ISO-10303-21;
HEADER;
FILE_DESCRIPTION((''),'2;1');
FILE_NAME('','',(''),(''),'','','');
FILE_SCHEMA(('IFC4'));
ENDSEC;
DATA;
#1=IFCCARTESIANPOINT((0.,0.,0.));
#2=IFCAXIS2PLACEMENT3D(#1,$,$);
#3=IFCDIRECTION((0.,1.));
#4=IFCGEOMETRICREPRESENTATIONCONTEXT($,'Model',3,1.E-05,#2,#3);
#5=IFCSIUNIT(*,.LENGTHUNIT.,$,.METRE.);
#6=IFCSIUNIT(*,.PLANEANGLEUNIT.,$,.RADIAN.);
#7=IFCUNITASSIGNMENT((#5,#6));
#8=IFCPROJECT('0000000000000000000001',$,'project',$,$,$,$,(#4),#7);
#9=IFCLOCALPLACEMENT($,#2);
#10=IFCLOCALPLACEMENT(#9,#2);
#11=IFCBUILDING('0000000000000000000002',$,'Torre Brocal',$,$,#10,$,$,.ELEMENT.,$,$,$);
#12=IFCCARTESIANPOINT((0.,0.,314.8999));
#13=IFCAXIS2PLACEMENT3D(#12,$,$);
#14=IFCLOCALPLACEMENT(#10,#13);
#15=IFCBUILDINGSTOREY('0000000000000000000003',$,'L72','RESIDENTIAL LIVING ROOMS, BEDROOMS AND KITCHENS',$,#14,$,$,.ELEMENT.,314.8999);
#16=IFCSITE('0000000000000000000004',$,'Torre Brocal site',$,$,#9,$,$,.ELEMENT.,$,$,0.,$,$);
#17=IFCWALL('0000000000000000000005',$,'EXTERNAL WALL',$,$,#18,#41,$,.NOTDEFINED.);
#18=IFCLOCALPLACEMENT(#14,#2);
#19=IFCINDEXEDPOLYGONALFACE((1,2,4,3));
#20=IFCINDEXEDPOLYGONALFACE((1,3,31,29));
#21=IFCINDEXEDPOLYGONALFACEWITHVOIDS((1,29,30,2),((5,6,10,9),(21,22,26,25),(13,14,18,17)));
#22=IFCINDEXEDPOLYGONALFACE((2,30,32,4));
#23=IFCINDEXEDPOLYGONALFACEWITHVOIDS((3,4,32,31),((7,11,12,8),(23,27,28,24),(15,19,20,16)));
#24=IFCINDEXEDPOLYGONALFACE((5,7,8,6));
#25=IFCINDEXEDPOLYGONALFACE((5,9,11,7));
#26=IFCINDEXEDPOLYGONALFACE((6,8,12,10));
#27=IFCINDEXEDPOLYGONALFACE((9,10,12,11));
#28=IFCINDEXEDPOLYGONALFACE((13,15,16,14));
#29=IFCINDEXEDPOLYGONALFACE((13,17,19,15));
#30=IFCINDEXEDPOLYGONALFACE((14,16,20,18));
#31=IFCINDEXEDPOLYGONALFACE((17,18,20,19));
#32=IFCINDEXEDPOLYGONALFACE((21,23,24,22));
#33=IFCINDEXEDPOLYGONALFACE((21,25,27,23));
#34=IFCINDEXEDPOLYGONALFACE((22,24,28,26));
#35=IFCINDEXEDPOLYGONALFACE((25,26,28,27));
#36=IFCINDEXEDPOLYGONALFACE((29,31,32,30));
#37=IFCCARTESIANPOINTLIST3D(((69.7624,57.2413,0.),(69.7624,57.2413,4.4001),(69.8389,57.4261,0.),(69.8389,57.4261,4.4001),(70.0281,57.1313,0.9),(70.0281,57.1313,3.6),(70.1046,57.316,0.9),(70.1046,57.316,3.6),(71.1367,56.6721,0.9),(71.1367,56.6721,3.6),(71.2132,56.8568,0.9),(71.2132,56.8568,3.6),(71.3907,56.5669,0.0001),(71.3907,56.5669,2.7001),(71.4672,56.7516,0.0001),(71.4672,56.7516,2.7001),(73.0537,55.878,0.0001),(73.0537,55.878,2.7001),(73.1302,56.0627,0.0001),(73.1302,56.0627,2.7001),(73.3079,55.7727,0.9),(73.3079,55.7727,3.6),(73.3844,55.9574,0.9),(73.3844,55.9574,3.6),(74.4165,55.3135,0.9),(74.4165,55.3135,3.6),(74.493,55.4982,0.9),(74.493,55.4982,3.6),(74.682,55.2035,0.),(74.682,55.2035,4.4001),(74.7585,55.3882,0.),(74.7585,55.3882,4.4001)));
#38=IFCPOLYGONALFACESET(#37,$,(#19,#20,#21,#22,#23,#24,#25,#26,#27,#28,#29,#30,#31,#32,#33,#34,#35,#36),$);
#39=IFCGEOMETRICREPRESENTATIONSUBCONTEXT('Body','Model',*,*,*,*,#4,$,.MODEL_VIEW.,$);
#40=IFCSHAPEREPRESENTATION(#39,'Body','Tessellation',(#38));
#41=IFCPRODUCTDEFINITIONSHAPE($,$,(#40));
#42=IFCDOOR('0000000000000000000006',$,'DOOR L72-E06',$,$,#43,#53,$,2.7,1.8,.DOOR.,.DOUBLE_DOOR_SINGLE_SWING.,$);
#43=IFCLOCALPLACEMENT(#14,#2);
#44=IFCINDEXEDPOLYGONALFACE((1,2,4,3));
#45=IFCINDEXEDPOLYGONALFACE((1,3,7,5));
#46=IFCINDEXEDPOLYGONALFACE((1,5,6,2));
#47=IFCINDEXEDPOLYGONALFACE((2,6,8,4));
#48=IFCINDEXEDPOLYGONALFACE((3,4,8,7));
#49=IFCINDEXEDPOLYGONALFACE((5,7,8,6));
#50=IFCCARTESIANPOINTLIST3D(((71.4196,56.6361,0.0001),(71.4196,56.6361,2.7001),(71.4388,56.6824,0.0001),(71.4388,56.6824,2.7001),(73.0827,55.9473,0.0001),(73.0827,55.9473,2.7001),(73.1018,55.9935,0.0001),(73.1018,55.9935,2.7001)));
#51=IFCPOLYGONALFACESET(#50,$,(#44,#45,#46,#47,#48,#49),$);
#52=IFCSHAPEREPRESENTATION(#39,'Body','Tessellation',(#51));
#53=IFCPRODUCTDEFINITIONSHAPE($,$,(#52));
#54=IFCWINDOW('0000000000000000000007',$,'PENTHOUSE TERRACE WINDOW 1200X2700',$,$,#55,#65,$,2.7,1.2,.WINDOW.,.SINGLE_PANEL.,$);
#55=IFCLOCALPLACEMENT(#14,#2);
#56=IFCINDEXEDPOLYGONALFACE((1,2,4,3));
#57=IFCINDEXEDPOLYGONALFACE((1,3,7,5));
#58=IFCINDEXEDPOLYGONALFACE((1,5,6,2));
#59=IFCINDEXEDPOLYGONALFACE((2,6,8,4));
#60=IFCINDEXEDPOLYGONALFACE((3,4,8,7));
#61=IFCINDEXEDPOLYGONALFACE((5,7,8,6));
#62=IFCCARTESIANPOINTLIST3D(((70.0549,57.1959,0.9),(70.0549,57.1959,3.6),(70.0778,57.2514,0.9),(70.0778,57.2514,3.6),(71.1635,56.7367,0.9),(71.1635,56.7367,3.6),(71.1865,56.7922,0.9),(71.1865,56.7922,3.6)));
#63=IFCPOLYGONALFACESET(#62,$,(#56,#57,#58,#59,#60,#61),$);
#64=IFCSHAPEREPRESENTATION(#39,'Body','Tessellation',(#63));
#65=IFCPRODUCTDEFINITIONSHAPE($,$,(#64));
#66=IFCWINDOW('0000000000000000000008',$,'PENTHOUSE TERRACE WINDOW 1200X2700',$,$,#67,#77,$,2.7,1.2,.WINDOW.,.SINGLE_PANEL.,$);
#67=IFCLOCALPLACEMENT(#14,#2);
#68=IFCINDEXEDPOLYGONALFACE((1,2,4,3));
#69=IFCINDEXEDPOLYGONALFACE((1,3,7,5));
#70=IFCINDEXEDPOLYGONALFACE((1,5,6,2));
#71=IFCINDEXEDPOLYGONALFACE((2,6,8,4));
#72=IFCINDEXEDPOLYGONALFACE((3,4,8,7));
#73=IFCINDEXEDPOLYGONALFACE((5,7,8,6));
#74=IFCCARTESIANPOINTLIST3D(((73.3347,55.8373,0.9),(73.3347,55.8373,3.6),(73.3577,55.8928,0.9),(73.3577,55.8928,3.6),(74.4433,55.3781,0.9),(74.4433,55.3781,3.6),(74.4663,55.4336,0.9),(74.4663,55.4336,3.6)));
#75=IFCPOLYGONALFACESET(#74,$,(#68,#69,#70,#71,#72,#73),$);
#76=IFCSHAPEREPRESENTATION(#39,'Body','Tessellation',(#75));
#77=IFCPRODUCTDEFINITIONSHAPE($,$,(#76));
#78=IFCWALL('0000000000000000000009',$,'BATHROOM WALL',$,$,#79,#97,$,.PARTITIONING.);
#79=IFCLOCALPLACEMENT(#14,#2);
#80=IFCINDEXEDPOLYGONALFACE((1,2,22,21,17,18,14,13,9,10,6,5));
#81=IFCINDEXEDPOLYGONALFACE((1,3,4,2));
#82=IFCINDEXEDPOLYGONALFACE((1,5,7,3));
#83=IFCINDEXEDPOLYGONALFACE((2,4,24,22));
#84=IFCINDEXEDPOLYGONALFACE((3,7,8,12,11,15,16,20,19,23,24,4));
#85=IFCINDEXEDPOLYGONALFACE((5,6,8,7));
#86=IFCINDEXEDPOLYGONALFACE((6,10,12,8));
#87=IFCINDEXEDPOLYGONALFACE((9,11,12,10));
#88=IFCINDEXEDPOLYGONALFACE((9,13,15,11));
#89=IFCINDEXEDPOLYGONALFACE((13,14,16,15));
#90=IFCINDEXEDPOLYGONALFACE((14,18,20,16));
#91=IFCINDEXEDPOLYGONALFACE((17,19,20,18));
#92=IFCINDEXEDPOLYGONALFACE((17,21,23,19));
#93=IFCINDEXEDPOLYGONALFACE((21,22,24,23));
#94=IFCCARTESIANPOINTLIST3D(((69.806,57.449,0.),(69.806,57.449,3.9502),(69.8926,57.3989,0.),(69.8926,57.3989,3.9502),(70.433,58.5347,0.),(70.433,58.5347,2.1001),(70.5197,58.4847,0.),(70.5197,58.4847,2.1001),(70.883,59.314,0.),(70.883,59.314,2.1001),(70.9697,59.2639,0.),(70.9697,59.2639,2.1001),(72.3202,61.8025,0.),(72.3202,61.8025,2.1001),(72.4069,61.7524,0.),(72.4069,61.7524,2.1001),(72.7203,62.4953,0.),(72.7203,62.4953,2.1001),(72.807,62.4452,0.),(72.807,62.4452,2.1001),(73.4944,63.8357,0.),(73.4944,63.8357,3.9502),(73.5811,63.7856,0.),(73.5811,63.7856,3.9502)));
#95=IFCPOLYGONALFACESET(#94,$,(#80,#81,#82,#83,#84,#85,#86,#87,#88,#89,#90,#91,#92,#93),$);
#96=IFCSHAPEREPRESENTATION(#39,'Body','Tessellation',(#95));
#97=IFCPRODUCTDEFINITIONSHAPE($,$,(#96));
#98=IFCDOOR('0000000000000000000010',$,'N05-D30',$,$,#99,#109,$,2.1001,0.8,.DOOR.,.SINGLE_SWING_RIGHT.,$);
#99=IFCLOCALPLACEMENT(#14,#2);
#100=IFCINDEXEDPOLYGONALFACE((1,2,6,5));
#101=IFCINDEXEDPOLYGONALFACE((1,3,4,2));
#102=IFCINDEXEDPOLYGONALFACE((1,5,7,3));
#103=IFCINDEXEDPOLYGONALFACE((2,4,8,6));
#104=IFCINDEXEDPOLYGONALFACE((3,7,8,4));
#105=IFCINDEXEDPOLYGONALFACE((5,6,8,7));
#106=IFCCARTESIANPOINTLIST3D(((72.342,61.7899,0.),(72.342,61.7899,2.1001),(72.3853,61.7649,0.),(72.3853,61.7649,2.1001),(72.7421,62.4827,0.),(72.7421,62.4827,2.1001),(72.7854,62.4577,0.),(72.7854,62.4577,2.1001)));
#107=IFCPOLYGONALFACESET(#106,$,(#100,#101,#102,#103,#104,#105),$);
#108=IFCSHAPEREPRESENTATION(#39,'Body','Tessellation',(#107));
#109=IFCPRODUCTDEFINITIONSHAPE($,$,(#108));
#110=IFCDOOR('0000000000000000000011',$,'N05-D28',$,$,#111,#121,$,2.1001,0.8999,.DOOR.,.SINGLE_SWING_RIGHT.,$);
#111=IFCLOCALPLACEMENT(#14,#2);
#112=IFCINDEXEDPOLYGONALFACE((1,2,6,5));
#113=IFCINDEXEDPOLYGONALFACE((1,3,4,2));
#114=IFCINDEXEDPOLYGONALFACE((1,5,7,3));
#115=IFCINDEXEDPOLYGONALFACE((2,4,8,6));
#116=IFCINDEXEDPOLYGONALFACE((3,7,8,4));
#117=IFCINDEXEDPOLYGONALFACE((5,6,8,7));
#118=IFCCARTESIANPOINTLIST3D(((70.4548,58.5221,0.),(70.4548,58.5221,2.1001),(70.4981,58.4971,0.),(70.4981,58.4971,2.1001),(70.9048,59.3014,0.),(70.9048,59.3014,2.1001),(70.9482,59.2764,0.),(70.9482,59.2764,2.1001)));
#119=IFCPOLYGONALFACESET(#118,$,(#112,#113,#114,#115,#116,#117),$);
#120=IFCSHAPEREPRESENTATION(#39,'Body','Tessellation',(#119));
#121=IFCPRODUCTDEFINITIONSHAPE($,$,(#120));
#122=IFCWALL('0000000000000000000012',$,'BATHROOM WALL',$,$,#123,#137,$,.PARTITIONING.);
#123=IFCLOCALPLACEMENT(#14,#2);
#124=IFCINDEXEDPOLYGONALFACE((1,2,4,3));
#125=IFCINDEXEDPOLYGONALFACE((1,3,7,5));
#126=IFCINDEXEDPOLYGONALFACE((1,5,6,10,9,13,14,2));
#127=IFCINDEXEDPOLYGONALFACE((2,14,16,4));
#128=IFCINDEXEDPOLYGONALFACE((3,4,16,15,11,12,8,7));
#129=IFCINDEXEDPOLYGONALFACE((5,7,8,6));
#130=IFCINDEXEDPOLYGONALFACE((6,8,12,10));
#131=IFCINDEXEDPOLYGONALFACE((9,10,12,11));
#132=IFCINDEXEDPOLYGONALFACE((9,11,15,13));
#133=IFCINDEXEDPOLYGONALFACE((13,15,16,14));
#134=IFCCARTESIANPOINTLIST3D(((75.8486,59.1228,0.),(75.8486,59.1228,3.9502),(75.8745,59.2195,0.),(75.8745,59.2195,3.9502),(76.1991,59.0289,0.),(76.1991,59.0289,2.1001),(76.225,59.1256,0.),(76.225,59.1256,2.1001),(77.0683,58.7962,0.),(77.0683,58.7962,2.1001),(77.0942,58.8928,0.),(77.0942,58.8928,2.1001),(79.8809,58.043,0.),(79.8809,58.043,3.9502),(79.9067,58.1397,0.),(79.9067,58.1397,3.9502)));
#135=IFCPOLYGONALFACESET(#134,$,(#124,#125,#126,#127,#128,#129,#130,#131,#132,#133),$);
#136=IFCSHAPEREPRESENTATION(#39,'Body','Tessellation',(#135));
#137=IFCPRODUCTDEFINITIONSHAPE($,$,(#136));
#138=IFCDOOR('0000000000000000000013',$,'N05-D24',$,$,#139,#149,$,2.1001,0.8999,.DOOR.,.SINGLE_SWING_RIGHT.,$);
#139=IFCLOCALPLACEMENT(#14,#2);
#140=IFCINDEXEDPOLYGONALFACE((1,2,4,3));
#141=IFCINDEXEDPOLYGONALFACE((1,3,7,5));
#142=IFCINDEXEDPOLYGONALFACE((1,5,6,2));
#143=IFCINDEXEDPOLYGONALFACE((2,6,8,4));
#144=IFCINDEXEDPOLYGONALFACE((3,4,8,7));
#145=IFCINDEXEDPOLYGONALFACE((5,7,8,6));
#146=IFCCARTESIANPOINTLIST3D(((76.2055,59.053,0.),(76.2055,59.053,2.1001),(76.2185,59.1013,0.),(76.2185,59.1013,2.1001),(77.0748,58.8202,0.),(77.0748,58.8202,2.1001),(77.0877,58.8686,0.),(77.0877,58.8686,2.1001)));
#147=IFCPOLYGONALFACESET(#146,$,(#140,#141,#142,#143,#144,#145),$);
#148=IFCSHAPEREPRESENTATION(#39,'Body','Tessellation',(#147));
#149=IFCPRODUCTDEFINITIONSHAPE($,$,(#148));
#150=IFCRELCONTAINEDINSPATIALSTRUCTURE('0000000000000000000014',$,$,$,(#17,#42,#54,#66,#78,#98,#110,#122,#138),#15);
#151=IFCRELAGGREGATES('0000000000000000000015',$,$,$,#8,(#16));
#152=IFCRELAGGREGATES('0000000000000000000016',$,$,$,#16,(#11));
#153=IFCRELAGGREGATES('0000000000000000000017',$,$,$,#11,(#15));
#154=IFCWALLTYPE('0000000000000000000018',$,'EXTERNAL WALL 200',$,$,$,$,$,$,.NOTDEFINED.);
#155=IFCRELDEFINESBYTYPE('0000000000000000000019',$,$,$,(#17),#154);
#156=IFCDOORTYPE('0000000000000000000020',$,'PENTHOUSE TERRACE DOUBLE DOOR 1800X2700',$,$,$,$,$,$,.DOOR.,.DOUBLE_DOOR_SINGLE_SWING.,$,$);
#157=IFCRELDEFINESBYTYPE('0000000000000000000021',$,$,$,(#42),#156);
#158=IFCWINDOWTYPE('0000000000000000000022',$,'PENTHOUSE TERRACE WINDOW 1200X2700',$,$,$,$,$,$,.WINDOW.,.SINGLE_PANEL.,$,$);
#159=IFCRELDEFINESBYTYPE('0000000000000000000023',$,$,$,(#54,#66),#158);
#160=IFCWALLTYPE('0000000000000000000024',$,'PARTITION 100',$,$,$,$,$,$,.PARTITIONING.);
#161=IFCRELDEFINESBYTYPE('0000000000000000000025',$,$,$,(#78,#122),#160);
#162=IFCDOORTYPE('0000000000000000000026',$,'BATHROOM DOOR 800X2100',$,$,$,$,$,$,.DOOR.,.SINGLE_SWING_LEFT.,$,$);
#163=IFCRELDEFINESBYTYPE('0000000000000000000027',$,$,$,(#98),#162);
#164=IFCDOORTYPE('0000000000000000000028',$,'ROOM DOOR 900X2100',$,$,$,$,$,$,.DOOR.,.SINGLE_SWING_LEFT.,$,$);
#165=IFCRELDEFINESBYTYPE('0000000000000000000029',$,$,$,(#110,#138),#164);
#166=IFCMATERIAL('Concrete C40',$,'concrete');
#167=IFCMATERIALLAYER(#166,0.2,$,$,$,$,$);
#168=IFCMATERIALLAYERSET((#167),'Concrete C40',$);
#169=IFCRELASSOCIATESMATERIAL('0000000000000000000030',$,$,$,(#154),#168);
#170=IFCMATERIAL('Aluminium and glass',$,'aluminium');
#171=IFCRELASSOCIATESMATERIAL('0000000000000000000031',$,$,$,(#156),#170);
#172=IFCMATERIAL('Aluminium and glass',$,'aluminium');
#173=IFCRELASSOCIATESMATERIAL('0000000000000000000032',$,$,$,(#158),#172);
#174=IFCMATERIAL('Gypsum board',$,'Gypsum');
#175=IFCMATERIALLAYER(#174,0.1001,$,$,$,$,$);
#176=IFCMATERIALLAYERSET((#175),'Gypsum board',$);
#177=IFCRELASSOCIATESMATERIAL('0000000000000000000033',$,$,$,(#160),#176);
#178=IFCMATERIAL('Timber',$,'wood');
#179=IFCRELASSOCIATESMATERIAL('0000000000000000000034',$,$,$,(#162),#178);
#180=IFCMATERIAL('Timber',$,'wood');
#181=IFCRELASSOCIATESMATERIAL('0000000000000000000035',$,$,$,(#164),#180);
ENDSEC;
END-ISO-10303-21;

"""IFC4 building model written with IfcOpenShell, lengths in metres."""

from ifc_helpers import new_model, si_unit, direction, frame, frame_2d, origin, place, context, subcontext, project, spatial, rectangle, extrude, material, layer, layer_set, type_object, element, fill, save


model = new_model("IFC4")

# Units and contexts
model_context = context("Model", 3, precision=1e-05, world=origin(), true_north=direction((0.0, 1.0)))
body_context = subcontext(model_context, "Body", "Model", "MODEL_VIEW")
ifc_project = project(units=[si_unit("LENGTHUNIT", "METRE"), si_unit("PLANEANGLEUNIT", "RADIAN")], contexts=[model_context])

# Site, building, storey
site_placement = place(None, origin())
site = spatial("IfcSite", under=ifc_project, at=site_placement, Name="Torre Brocal site", CompositionType="ELEMENT", RefElevation=0.0)
building_placement = place(site_placement, origin())
building = spatial("IfcBuilding", under=site, at=building_placement, Name="Torre Brocal", CompositionType="ELEMENT")
storey_placement = place(building_placement, frame((0.0, 0.0, 314.8999)))
storey = spatial("IfcBuildingStorey", under=building, at=storey_placement, Name="L72", Description="RESIDENTIAL LIVING ROOMS, BEDROOMS AND KITCHENS", CompositionType="ELEMENT", Elevation=314.8999)

# Wall, openings, door, windows
ifc_material_1 = material(Name="Concrete C40", Category="concrete")
ifc_layer_1 = layer(ifc_material_1, 0.2)
ifc_layer_set_1 = layer_set([ifc_layer_1], Name="Concrete C40")
wall_type_1 = type_object("IfcWallType", Name="EXTERNAL WALL 200", PredefinedType="NOTDEFINED", material=ifc_layer_set_1)
wall_1_placement = place(storey_placement, frame((69.8005, 57.3337, 0.0), z_axis=(0.0, 0.0, 1.0), x_axis=(0.923877, -0.382691, 0.0)))
wall_1 = element("IfcWall", 1, at=wall_1_placement, inside=storey, type_object=wall_type_1, Name="EXTERNAL WALL", PredefinedType="NOTDEFINED", context=body_context, shape_type="SweptSolid", body=[
    extrude(rectangle(XDim=5.325, YDim=0.2, at=frame_2d((2.6626, 0.0))), origin(), (0.0, 0.0, 1.0), 4.4001),
])
opening_1_placement = place(wall_1_placement, frame((0.2876, 0.0, 0.8999)))
opening_1 = element("IfcOpeningElement", 2, at=opening_1_placement, cuts=wall_1, PredefinedType="OPENING", context=body_context, shape_type="SweptSolid", body=[
    extrude(rectangle(XDim=1.2, YDim=2.7, at=frame_2d((0.6001, 1.3501))), frame((0.0, 0.1099, 0.0), z_axis=(0.0, -1.0, 0.0), x_axis=(1.0, 0.0, 0.0)), (0.0, 0.0, 1.0), 0.22),
])
opening_2_placement = place(wall_1_placement, frame((1.7627, 0.0, 0.0)))
opening_2 = element("IfcOpeningElement", 3, at=opening_2_placement, cuts=wall_1, PredefinedType="OPENING", context=body_context, shape_type="SweptSolid", body=[
    extrude(rectangle(XDim=1.8, YDim=2.7, at=frame_2d((0.8999, 1.3501))), frame((0.0, 0.1099, 0.0), z_axis=(0.0, -1.0, 0.0), x_axis=(1.0, 0.0, 0.0)), (0.0, 0.0, 1.0), 0.22),
])
opening_3_placement = place(wall_1_placement, frame((3.8376, 0.0, 0.8999)))
opening_3 = element("IfcOpeningElement", 4, at=opening_3_placement, cuts=wall_1, PredefinedType="OPENING", context=body_context, shape_type="SweptSolid", body=[
    extrude(rectangle(XDim=1.2, YDim=2.7, at=frame_2d((0.6001, 1.3501))), frame((0.0, 0.1099, 0.0), z_axis=(0.0, -1.0, 0.0), x_axis=(1.0, 0.0, 0.0)), (0.0, 0.0, 1.0), 0.22),
])
ifc_material_2 = material(Name="Aluminium and glass", Category="aluminium")
door_type_1 = type_object("IfcDoorType", Name="PENTHOUSE TERRACE DOUBLE DOOR 1800X2700", OperationType="DOUBLE_DOOR_SINGLE_SWING", PredefinedType="DOOR", material=ifc_material_2)
door_1_placement = place(opening_2_placement, frame((1.8, 0.0, 0.0), z_axis=(0.0, 0.0, 1.0), x_axis=(-1.0, 0.0, 0.0)))
door_1 = element("IfcDoor", 5, at=door_1_placement, inside=storey, type_object=door_type_1, Name="DOOR L72-E06", OperationType="DOUBLE_DOOR_SINGLE_SWING", OverallHeight=2.7, OverallWidth=1.8, PredefinedType="DOOR", context=body_context, shape_type="SweptSolid", body=[
    extrude(rectangle(XDim=1.8, YDim=2.7, at=frame_2d((0.8999, 1.3501))), frame((0.0, 0.0249, 0.0), z_axis=(0.0, -1.0, 0.0), x_axis=(1.0, 0.0, 0.0)), (0.0, 0.0, 1.0), 0.05),
])
fill(opening_2, door_1)
ifc_material_3 = material(Name="Aluminium and glass", Category="aluminium")
window_type = type_object("IfcWindowType", Name="PENTHOUSE TERRACE WINDOW 1200X2700", PartitioningType="SINGLE_PANEL", PredefinedType="WINDOW", material=ifc_material_3)
window_1_placement = place(opening_1_placement, origin())
window_1 = element("IfcWindow", 6, at=window_1_placement, inside=storey, type_object=window_type, Name="PENTHOUSE TERRACE WINDOW 1200X2700", OverallHeight=2.7, OverallWidth=1.2, PartitioningType="SINGLE_PANEL", PredefinedType="WINDOW", context=body_context, shape_type="SweptSolid", body=[
    extrude(rectangle(XDim=1.2, YDim=2.7, at=frame_2d((0.6001, 1.3501))), frame((0.0, 0.03, 0.0), z_axis=(0.0, -1.0, 0.0), x_axis=(1.0, 0.0, 0.0)), (0.0, 0.0, 1.0), 0.0601),
])
fill(opening_1, window_1)
window_2_placement = place(opening_3_placement, origin())
window_2 = element("IfcWindow", 7, at=window_2_placement, inside=storey, type_object=window_type, Name="PENTHOUSE TERRACE WINDOW 1200X2700", OverallHeight=2.7, OverallWidth=1.2, PartitioningType="SINGLE_PANEL", PredefinedType="WINDOW", context=body_context, shape_type="SweptSolid", body=[
    extrude(rectangle(XDim=1.2, YDim=2.7, at=frame_2d((0.6001, 1.3501))), frame((0.0, 0.03, 0.0), z_axis=(0.0, -1.0, 0.0), x_axis=(1.0, 0.0, 0.0)), (0.0, 0.0, 1.0), 0.0601),
])
fill(opening_3, window_2)

# Wall, openings, doors
ifc_material_4 = material(Name="Gypsum board", Category="Gypsum")
ifc_layer_2 = layer(ifc_material_4, 0.1001)
ifc_layer_set_2 = layer_set([ifc_layer_2], Name="Gypsum board")
wall_type_2 = type_object("IfcWallType", Name="PARTITION 100", PredefinedType="PARTITIONING", material=ifc_layer_set_2)
wall_2_placement = place(storey_placement, frame((69.8494, 57.4241, 0.0), z_axis=(0.0, 0.0, 1.0), x_axis=(0.500112, 0.865961, 0.0)))
wall_2 = element("IfcWall", 8, at=wall_2_placement, inside=storey, type_object=wall_type_2, Name="BATHROOM WALL", PredefinedType="PARTITIONING", context=body_context, shape_type="SweptSolid", body=[
    extrude(rectangle(XDim=7.3752, YDim=0.1001, at=frame_2d((3.6875, 0.0))), origin(), (0.0, 0.0, 1.0), 3.9502),
])
opening_4_placement = place(wall_2_placement, frame((1.2537, 0.0, 0.0)))
opening_4 = element("IfcOpeningElement", 9, at=opening_4_placement, cuts=wall_2, PredefinedType="OPENING", context=body_context, shape_type="SweptSolid", body=[
    extrude(rectangle(XDim=0.8999, YDim=2.1001, at=frame_2d((0.45, 1.05))), frame((0.0, 0.0601, 0.0), z_axis=(0.0, -1.0, 0.0), x_axis=(1.0, 0.0, 0.0)), (0.0, 0.0, 1.0), 0.1201),
])
opening_5_placement = place(wall_2_placement, frame((5.0273, 0.0, 0.0)))
opening_5 = element("IfcOpeningElement", 10, at=opening_5_placement, cuts=wall_2, PredefinedType="OPENING", context=body_context, shape_type="SweptSolid", body=[
    extrude(rectangle(XDim=0.8, YDim=2.1001, at=frame_2d((0.3999, 1.05))), frame((0.0, 0.0601, 0.0), z_axis=(0.0, -1.0, 0.0), x_axis=(1.0, 0.0, 0.0)), (0.0, 0.0, 1.0), 0.1201),
])
ifc_material_5 = material(Name="Timber", Category="wood")
door_type_2 = type_object("IfcDoorType", Name="BATHROOM DOOR 800X2100", OperationType="SINGLE_SWING_LEFT", PredefinedType="DOOR", material=ifc_material_5)
door_2_placement = place(opening_5_placement, origin())
door_2 = element("IfcDoor", 11, at=door_2_placement, inside=storey, type_object=door_type_2, Name="N05-D30", OperationType="SINGLE_SWING_RIGHT", OverallHeight=2.1001, OverallWidth=0.8, PredefinedType="DOOR", context=body_context, shape_type="SweptSolid", body=[
    extrude(rectangle(XDim=0.8, YDim=2.1001, at=frame_2d((0.3999, 1.05))), frame((0.0, 0.0249, 0.0), z_axis=(0.0, -1.0, 0.0), x_axis=(1.0, 0.0, 0.0)), (0.0, 0.0, 1.0), 0.05),
])
fill(opening_5, door_2)
ifc_material_6 = material(Name="Timber", Category="wood")
door_type_3 = type_object("IfcDoorType", Name="ROOM DOOR 900X2100", OperationType="SINGLE_SWING_LEFT", PredefinedType="DOOR", material=ifc_material_6)
door_3_placement = place(opening_4_placement, origin())
door_3 = element("IfcDoor", 12, at=door_3_placement, inside=storey, type_object=door_type_3, Name="N05-D28", OperationType="SINGLE_SWING_RIGHT", OverallHeight=2.1001, OverallWidth=0.8999, PredefinedType="DOOR", context=body_context, shape_type="SweptSolid", body=[
    extrude(rectangle(XDim=0.8999, YDim=2.1001, at=frame_2d((0.45, 1.05))), frame((0.0, 0.0249, 0.0), z_axis=(0.0, -1.0, 0.0), x_axis=(1.0, 0.0, 0.0)), (0.0, 0.0, 1.0), 0.05),
])
fill(opening_4, door_3)

# Wall, opening, door
wall_3_placement = place(storey_placement, frame((75.8616, 59.1711, 0.0), z_axis=(0.0, 0.0, 1.0), x_axis=(0.965962, -0.258685, 0.0)))
wall_3 = element("IfcWall", 13, at=wall_3_placement, inside=storey, type_object=wall_type_2, Name="BATHROOM WALL", PredefinedType="PARTITIONING", context=body_context, shape_type="SweptSolid", body=[
    extrude(rectangle(XDim=4.1743, YDim=0.1001, at=frame_2d((2.0872, 0.0))), origin(), (0.0, 0.0, 1.0), 3.9502),
])
opening_6_placement = place(wall_3_placement, frame((0.3628, 0.0, 0.0)))
opening_6 = element("IfcOpeningElement", 14, at=opening_6_placement, cuts=wall_3, PredefinedType="OPENING", context=body_context, shape_type="SweptSolid", body=[
    extrude(rectangle(XDim=0.8999, YDim=2.1001, at=frame_2d((0.45, 1.05))), frame((0.0, 0.0601, 0.0), z_axis=(0.0, -1.0, 0.0), x_axis=(1.0, 0.0, 0.0)), (0.0, 0.0, 1.0), 0.1201),
])
door_4_placement = place(opening_6_placement, origin())
door_4 = element("IfcDoor", 15, at=door_4_placement, inside=storey, type_object=door_type_3, Name="N05-D24", OperationType="SINGLE_SWING_RIGHT", OverallHeight=2.1001, OverallWidth=0.8999, PredefinedType="DOOR", context=body_context, shape_type="SweptSolid", body=[
    extrude(rectangle(XDim=0.8999, YDim=2.1001, at=frame_2d((0.45, 1.05))), frame((0.0, 0.0249, 0.0), z_axis=(0.0, -1.0, 0.0), x_axis=(1.0, 0.0, 0.0)), (0.0, 0.0, 1.0), 0.05),
])
fill(opening_6, door_4)

save(model, "model.ifc")
